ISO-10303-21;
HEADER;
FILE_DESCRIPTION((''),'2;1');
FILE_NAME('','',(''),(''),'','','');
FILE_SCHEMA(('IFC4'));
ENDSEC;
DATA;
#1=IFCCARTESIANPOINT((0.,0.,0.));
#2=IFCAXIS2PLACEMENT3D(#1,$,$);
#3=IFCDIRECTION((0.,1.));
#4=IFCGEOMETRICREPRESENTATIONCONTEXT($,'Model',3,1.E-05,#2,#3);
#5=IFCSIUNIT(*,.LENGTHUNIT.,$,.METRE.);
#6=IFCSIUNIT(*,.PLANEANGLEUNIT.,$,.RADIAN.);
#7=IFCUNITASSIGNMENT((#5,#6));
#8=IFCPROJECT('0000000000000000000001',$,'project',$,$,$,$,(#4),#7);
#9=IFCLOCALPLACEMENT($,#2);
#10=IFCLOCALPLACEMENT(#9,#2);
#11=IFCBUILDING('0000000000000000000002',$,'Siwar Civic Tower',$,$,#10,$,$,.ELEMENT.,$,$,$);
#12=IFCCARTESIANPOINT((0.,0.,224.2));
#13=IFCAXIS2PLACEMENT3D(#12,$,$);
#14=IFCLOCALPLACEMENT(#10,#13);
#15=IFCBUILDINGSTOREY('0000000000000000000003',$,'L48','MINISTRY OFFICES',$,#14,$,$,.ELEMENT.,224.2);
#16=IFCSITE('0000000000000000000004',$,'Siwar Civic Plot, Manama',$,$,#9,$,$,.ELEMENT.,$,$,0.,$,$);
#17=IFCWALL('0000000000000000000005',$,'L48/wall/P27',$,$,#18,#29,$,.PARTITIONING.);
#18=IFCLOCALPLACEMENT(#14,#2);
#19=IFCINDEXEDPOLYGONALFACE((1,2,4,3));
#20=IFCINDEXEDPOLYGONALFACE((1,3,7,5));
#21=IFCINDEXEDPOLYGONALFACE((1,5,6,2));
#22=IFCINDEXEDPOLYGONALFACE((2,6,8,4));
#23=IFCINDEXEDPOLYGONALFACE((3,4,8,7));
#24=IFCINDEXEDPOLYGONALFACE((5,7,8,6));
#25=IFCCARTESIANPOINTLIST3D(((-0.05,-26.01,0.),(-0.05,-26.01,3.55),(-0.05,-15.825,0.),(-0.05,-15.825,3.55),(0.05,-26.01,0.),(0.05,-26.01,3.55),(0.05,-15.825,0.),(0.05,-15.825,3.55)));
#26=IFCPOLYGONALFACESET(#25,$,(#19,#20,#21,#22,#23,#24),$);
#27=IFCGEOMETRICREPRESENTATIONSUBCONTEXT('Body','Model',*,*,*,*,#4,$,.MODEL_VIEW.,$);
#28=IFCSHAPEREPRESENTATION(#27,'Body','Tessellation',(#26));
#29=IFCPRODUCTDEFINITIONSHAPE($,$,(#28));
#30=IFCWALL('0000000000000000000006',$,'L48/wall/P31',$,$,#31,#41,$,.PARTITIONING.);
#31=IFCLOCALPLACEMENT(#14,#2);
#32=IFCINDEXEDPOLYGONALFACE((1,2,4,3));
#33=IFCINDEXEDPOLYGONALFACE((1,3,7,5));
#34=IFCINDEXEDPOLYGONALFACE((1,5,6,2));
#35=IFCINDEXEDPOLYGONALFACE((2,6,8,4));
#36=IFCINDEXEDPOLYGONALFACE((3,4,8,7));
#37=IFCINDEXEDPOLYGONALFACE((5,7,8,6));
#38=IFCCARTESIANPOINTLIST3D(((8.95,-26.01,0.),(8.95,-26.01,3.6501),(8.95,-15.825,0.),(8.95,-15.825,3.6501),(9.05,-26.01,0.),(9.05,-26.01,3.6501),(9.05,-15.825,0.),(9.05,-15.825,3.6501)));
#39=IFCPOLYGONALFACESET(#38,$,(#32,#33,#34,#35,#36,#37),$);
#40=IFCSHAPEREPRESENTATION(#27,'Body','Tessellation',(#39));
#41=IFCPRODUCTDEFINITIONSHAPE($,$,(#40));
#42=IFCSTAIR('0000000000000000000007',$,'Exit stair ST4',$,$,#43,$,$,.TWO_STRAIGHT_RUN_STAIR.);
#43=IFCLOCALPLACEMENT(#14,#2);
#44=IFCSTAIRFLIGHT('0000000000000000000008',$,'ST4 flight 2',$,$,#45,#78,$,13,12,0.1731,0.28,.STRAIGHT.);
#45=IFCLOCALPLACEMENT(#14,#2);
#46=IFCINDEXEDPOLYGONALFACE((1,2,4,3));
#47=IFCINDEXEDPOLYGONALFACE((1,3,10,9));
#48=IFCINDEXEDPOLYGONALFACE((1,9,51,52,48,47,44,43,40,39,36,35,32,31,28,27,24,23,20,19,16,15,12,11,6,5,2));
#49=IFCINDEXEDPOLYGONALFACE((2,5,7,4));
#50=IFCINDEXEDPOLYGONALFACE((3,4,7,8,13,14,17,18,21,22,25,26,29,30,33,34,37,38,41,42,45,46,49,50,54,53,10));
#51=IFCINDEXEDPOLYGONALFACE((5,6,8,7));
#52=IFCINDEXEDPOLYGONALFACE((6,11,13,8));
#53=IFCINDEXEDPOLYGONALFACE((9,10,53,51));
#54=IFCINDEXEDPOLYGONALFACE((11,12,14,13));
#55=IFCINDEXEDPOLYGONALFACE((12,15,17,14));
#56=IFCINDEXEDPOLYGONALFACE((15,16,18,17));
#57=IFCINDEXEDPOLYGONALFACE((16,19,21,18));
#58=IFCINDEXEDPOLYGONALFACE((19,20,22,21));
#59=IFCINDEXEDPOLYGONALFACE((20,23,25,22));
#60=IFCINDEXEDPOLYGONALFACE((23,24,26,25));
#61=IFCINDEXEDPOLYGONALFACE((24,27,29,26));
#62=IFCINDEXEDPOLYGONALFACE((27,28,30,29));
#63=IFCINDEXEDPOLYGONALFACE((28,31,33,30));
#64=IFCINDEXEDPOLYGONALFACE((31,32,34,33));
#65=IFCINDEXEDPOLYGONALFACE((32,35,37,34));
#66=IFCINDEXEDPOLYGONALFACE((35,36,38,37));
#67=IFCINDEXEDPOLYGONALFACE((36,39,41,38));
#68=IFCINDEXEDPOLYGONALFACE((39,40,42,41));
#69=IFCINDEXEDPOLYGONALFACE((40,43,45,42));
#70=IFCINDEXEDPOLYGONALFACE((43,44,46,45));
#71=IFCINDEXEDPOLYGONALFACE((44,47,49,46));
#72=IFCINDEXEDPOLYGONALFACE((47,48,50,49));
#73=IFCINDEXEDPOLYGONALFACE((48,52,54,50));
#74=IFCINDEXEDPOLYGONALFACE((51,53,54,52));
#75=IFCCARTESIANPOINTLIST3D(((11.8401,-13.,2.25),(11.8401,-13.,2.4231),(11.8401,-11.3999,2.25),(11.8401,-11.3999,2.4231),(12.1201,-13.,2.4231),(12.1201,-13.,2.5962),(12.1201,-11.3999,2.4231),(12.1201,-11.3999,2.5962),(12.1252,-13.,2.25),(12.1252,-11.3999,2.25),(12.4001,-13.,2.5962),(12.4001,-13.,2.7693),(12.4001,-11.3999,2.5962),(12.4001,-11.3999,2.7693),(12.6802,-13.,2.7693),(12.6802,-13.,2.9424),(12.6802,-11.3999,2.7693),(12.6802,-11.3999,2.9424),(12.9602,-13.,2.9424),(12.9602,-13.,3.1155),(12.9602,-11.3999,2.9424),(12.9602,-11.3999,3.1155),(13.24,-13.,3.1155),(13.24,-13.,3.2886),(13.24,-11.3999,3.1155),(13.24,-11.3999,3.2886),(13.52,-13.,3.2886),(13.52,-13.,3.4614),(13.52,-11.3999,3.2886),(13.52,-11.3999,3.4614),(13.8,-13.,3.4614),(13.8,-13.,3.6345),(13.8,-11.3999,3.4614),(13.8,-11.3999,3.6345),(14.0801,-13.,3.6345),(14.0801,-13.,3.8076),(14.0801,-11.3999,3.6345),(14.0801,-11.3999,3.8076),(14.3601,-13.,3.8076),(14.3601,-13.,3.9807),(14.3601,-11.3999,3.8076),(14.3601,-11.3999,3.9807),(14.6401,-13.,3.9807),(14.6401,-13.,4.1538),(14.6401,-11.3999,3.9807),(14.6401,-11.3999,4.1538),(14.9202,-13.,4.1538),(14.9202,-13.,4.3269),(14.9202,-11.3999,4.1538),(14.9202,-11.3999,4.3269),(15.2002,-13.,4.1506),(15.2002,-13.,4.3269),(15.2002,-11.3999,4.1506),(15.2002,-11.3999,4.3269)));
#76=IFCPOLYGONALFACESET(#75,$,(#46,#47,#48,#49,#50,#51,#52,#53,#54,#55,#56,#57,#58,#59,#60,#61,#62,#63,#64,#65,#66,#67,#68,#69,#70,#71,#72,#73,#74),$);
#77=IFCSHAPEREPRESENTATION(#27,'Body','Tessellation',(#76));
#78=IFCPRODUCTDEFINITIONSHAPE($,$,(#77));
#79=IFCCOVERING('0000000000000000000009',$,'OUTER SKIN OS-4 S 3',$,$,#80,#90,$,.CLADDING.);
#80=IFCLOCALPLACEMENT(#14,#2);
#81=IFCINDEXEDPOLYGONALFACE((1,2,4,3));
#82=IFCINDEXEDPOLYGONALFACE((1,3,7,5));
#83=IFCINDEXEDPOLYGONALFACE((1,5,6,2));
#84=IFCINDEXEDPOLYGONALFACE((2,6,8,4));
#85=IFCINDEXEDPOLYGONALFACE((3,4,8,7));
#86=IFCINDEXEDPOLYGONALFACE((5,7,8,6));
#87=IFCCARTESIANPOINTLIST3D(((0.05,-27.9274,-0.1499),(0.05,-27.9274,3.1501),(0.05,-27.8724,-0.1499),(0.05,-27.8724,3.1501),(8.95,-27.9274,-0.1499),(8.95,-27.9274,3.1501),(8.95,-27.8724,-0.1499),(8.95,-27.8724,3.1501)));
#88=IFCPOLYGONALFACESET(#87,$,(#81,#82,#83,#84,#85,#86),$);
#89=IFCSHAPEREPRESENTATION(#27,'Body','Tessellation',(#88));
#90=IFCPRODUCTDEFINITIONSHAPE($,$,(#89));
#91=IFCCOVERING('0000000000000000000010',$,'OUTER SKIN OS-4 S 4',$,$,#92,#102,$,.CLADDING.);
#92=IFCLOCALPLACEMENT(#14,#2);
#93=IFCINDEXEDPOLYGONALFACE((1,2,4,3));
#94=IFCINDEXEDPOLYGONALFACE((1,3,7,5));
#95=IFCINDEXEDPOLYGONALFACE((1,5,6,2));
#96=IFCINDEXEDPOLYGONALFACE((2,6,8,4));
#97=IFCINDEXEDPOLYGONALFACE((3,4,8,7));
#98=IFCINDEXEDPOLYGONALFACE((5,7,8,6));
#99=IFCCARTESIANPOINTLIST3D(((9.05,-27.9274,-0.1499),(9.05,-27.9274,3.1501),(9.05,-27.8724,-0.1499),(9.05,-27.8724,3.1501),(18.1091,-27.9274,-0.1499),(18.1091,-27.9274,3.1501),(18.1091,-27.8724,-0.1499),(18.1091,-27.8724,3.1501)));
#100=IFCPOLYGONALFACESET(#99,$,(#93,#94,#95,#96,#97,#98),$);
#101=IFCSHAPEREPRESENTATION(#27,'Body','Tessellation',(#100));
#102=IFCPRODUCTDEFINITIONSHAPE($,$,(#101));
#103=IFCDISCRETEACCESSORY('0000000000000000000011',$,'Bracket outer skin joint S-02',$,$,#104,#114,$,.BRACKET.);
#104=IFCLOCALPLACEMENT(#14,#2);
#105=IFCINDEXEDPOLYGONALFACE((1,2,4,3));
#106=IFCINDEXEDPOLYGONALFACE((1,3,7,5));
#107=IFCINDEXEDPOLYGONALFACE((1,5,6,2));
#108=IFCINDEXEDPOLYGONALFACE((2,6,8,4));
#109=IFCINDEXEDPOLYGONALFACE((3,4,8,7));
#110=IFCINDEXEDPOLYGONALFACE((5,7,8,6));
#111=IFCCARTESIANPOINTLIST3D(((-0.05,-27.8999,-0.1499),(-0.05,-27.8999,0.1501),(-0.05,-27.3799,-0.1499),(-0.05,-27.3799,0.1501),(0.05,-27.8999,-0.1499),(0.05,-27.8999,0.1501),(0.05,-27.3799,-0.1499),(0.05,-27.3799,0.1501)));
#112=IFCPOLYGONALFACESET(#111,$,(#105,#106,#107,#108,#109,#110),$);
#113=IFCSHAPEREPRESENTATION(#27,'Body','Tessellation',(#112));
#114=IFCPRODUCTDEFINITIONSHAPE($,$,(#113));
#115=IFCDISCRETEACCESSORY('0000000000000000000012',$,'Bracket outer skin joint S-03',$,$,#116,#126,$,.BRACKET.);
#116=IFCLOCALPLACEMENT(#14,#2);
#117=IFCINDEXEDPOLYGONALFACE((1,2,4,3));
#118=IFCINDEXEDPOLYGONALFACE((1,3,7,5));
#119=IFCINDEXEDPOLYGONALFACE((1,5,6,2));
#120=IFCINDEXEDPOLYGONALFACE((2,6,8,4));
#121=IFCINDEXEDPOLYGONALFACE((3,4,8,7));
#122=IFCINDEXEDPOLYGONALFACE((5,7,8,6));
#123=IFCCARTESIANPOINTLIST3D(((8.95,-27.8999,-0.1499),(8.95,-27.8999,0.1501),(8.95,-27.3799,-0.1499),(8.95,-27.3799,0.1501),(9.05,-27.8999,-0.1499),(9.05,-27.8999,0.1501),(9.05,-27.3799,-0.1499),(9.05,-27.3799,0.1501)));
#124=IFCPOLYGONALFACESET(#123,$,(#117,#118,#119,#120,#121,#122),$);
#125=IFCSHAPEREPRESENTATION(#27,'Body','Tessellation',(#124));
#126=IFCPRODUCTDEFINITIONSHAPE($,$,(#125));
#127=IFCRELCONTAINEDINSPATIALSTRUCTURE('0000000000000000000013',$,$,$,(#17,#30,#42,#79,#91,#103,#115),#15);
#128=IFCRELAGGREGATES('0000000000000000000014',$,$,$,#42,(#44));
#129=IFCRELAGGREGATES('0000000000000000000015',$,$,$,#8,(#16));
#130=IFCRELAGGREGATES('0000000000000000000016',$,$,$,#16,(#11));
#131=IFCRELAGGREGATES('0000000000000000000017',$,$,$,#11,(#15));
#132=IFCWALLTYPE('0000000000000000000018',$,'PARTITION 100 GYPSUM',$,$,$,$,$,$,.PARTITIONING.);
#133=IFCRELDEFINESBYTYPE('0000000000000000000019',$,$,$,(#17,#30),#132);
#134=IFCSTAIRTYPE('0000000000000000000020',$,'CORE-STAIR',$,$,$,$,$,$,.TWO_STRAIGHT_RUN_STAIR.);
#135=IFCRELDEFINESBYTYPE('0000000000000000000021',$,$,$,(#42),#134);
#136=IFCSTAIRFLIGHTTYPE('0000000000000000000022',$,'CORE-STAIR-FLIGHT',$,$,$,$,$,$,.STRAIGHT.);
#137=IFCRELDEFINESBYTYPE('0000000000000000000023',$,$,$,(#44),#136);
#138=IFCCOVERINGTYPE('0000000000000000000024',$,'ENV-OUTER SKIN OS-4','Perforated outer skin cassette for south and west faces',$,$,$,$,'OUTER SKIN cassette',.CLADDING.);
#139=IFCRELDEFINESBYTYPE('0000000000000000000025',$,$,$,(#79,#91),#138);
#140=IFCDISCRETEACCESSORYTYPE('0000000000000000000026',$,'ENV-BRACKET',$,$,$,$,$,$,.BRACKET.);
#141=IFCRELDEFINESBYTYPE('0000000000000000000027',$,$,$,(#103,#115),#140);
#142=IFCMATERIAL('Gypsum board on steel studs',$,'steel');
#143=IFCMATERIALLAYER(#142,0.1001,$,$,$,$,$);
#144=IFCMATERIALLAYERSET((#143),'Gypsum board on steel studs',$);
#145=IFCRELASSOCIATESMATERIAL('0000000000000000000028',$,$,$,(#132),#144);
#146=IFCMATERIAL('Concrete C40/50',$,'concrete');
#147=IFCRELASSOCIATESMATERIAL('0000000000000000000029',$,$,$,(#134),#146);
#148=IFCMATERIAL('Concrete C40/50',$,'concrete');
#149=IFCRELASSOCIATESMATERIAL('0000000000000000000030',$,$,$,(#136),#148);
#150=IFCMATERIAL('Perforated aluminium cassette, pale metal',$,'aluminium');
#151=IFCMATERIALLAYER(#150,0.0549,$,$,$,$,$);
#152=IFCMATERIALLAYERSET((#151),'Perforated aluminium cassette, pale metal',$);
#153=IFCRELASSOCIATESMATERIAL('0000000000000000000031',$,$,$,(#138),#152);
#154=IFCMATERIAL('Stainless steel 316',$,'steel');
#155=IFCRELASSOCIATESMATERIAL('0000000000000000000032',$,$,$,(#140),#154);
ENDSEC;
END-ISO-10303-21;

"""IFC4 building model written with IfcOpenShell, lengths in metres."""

from ifc_helpers import new_model, si_unit, direction, frame, frame_2d, origin, origin_2d, place, context, subcontext, project, spatial, polyline, rectangle, outline, extrude, material, layer, layer_set, type_object, element, aggregate, save


model = new_model("IFC4")

# Units and contexts
model_context = context("Model", 3, precision=1e-05, world=origin(), true_north=direction((0.0, 1.0)))
body_context = subcontext(model_context, "Body", "Model", "MODEL_VIEW")
ifc_project = project(units=[si_unit("LENGTHUNIT", "METRE"), si_unit("PLANEANGLEUNIT", "RADIAN")], contexts=[model_context])

# Site, building, storey
site_placement = place(None, origin())
site = spatial("IfcSite", under=ifc_project, at=site_placement, Name="Siwar Civic Plot, Manama", CompositionType="ELEMENT", RefElevation=0.0)
building_placement = place(site_placement, origin())
building = spatial("IfcBuilding", under=site, at=building_placement, Name="Siwar Civic Tower", CompositionType="ELEMENT")
storey_placement = place(building_placement, frame((0.0, 0.0, 224.2)))
storey = spatial("IfcBuildingStorey", under=building, at=storey_placement, Name="L48", Description="MINISTRY OFFICES", CompositionType="ELEMENT", Elevation=224.2)

# Shared definitions
ifc_material_1 = material(Name="Gypsum board on steel studs", Category="steel")
ifc_layer_1 = layer(ifc_material_1, 0.1001)
ifc_layer_set_1 = layer_set([ifc_layer_1], Name="Gypsum board on steel studs")
wall_type_1 = type_object("IfcWallType", Name="PARTITION 100 GYPSUM", PredefinedType="PARTITIONING", material=ifc_layer_set_1)

# Walls
wall_1_placement = place(storey_placement, frame((0.0, -26.01, 0.0), z_axis=(0.0, 0.0, 1.0), x_axis=(0.0, 1.0, 0.0)))
element("IfcWall", 1, at=wall_1_placement, inside=storey, type_object=wall_type_1, Name="L48/wall/P27", PredefinedType="PARTITIONING", context=body_context, shape_type="SweptSolid", body=[
    extrude(rectangle(XDim=10.1851, YDim=0.1001, at=frame_2d((5.0925, 0.0))), origin(), (0.0, 0.0, 1.0), 3.55),
])
wall_2_placement = place(storey_placement, frame((9.0, -26.01, 0.0), z_axis=(0.0, 0.0, 1.0), x_axis=(0.0, 1.0, 0.0)))
element("IfcWall", 2, at=wall_2_placement, inside=storey, type_object=wall_type_1, Name="L48/wall/P31", PredefinedType="PARTITIONING", context=body_context, shape_type="SweptSolid", body=[
    extrude(rectangle(XDim=10.1851, YDim=0.1001, at=frame_2d((5.0925, 0.0))), origin(), (0.0, 0.0, 1.0), 3.6501),
])

# Stair, stair flight
ifc_material_2 = material(Name="Concrete C40/50", Category="concrete")
stair_type = type_object("IfcStairType", Name="CORE-STAIR", PredefinedType="TWO_STRAIGHT_RUN_STAIR", material=ifc_material_2)
stair_placement = place(storey_placement, origin())
stair = element("IfcStair", 3, at=stair_placement, inside=storey, type_object=stair_type, Name="Exit stair ST4", PredefinedType="TWO_STRAIGHT_RUN_STAIR")
ifc_material_3 = material(Name="Concrete C40/50", Category="concrete")
stair_flight_type = type_object("IfcStairFlightType", Name="CORE-STAIR-FLIGHT", PredefinedType="STRAIGHT", material=ifc_material_3)
stair_flight_placement = place(storey_placement, frame((11.8401, -12.2, 2.25), z_axis=(0.0, 0.0, 1.0), x_axis=(1.0, 0.0, 0.0)))
stair_flight = element("IfcStairFlight", 4, at=stair_flight_placement, type_object=stair_flight_type, Name="ST4 flight 2", NumberOfRisers=13, NumberOfTreads=12, PredefinedType="STRAIGHT", RiserHeight=0.1731, TreadLength=0.28, context=body_context, shape_type="SweptSolid", body=[
    extrude(outline(polyline([(0.0, 0.0), (0.0, 0.1731), (0.28, 0.1731), (0.28, 0.3462), (0.5601, 0.3462), (0.5601, 0.5193), (0.8401, 0.5193), (0.8401, 0.6924), (1.1201, 0.6924), (1.1201, 0.8655), (1.3999, 0.8655), (1.3999, 1.0386), (1.6799, 1.0386), (1.6799, 1.2114), (1.96, 1.2114), (1.96, 1.3845), (2.24, 1.3845), (2.24, 1.5576), (2.52, 1.5576), (2.52, 1.7307), (2.8, 1.7307), (2.8, 1.9038), (3.0801, 1.9038), (3.0801, 2.0769), (3.3601, 2.0769), (3.3601, 2.25), (3.3601, 1.9006), (0.2852, 0.0), (0.0, 0.0)])), frame((0.0, 0.8, 0.0), z_axis=(0.0, -1.0, 0.0), x_axis=(1.0, 0.0, 0.0)), (0.0, 0.0, 1.0), 1.6001),
])
aggregate(stair, [stair_flight])

# Coverings
ifc_material_4 = material(Name="Perforated aluminium cassette, pale metal", Category="aluminium")
ifc_layer_2 = layer(ifc_material_4, 0.0549)
ifc_layer_set_2 = layer_set([ifc_layer_2], Name="Perforated aluminium cassette, pale metal")
covering_type = type_object("IfcCoveringType", Name="ENV-OUTER SKIN OS-4", Description="Perforated outer skin cassette for south and west faces", ElementType="OUTER SKIN cassette", PredefinedType="CLADDING", material=ifc_layer_set_2)
covering_1_placement = place(storey_placement, frame((4.5, -27.8999, -0.1499), z_axis=(0.0, 0.0, 1.0), x_axis=(1.0, 0.0, 0.0)))
element("IfcCovering", 5, at=covering_1_placement, inside=storey, type_object=covering_type, Name="OUTER SKIN OS-4 S 3", PredefinedType="CLADDING", context=body_context, shape_type="SweptSolid", body=[
    extrude(rectangle(XDim=8.8999, YDim=0.0549, at=origin_2d()), origin(), (0.0, 0.0, 1.0), 3.3),
])
covering_2_placement = place(storey_placement, frame((13.5796, -27.8999, -0.1499), z_axis=(0.0, 0.0, 1.0), x_axis=(1.0, 0.0, 0.0)))
element("IfcCovering", 6, at=covering_2_placement, inside=storey, type_object=covering_type, Name="OUTER SKIN OS-4 S 4", PredefinedType="CLADDING", context=body_context, shape_type="SweptSolid", body=[
    extrude(rectangle(XDim=9.0591, YDim=0.0549, at=origin_2d()), origin(), (0.0, 0.0, 1.0), 3.3),
])

# Discrete accessories
ifc_material_5 = material(Name="Stainless steel 316", Category="steel")
discrete_accessory_type = type_object("IfcDiscreteAccessoryType", Name="ENV-BRACKET", PredefinedType="BRACKET", material=ifc_material_5)
for number, where, z_axis, x_axis, name in (
    (7, (0.0, -27.6399, -0.1499), (0.0, 0.0, 1.0), (0.0, -1.0, 0.0), "Bracket outer skin joint S-02"),
    (8, (9.0, -27.6399, -0.1499), (0.0, 0.0, 1.0), (0.0, -1.0, 0.0), "Bracket outer skin joint S-03"),
):
    element("IfcDiscreteAccessory", number, at=place(storey_placement, frame(where, z_axis=z_axis, x_axis=x_axis)), inside=storey, type_object=discrete_accessory_type, Name=name, PredefinedType="BRACKET", context=body_context, shape_type="SweptSolid", body=[
        extrude(rectangle(XDim=0.52, YDim=0.1001, at=origin_2d()), origin(), (0.0, 0.0, 1.0), 0.3),
    ])

save(model, "model.ifc")
